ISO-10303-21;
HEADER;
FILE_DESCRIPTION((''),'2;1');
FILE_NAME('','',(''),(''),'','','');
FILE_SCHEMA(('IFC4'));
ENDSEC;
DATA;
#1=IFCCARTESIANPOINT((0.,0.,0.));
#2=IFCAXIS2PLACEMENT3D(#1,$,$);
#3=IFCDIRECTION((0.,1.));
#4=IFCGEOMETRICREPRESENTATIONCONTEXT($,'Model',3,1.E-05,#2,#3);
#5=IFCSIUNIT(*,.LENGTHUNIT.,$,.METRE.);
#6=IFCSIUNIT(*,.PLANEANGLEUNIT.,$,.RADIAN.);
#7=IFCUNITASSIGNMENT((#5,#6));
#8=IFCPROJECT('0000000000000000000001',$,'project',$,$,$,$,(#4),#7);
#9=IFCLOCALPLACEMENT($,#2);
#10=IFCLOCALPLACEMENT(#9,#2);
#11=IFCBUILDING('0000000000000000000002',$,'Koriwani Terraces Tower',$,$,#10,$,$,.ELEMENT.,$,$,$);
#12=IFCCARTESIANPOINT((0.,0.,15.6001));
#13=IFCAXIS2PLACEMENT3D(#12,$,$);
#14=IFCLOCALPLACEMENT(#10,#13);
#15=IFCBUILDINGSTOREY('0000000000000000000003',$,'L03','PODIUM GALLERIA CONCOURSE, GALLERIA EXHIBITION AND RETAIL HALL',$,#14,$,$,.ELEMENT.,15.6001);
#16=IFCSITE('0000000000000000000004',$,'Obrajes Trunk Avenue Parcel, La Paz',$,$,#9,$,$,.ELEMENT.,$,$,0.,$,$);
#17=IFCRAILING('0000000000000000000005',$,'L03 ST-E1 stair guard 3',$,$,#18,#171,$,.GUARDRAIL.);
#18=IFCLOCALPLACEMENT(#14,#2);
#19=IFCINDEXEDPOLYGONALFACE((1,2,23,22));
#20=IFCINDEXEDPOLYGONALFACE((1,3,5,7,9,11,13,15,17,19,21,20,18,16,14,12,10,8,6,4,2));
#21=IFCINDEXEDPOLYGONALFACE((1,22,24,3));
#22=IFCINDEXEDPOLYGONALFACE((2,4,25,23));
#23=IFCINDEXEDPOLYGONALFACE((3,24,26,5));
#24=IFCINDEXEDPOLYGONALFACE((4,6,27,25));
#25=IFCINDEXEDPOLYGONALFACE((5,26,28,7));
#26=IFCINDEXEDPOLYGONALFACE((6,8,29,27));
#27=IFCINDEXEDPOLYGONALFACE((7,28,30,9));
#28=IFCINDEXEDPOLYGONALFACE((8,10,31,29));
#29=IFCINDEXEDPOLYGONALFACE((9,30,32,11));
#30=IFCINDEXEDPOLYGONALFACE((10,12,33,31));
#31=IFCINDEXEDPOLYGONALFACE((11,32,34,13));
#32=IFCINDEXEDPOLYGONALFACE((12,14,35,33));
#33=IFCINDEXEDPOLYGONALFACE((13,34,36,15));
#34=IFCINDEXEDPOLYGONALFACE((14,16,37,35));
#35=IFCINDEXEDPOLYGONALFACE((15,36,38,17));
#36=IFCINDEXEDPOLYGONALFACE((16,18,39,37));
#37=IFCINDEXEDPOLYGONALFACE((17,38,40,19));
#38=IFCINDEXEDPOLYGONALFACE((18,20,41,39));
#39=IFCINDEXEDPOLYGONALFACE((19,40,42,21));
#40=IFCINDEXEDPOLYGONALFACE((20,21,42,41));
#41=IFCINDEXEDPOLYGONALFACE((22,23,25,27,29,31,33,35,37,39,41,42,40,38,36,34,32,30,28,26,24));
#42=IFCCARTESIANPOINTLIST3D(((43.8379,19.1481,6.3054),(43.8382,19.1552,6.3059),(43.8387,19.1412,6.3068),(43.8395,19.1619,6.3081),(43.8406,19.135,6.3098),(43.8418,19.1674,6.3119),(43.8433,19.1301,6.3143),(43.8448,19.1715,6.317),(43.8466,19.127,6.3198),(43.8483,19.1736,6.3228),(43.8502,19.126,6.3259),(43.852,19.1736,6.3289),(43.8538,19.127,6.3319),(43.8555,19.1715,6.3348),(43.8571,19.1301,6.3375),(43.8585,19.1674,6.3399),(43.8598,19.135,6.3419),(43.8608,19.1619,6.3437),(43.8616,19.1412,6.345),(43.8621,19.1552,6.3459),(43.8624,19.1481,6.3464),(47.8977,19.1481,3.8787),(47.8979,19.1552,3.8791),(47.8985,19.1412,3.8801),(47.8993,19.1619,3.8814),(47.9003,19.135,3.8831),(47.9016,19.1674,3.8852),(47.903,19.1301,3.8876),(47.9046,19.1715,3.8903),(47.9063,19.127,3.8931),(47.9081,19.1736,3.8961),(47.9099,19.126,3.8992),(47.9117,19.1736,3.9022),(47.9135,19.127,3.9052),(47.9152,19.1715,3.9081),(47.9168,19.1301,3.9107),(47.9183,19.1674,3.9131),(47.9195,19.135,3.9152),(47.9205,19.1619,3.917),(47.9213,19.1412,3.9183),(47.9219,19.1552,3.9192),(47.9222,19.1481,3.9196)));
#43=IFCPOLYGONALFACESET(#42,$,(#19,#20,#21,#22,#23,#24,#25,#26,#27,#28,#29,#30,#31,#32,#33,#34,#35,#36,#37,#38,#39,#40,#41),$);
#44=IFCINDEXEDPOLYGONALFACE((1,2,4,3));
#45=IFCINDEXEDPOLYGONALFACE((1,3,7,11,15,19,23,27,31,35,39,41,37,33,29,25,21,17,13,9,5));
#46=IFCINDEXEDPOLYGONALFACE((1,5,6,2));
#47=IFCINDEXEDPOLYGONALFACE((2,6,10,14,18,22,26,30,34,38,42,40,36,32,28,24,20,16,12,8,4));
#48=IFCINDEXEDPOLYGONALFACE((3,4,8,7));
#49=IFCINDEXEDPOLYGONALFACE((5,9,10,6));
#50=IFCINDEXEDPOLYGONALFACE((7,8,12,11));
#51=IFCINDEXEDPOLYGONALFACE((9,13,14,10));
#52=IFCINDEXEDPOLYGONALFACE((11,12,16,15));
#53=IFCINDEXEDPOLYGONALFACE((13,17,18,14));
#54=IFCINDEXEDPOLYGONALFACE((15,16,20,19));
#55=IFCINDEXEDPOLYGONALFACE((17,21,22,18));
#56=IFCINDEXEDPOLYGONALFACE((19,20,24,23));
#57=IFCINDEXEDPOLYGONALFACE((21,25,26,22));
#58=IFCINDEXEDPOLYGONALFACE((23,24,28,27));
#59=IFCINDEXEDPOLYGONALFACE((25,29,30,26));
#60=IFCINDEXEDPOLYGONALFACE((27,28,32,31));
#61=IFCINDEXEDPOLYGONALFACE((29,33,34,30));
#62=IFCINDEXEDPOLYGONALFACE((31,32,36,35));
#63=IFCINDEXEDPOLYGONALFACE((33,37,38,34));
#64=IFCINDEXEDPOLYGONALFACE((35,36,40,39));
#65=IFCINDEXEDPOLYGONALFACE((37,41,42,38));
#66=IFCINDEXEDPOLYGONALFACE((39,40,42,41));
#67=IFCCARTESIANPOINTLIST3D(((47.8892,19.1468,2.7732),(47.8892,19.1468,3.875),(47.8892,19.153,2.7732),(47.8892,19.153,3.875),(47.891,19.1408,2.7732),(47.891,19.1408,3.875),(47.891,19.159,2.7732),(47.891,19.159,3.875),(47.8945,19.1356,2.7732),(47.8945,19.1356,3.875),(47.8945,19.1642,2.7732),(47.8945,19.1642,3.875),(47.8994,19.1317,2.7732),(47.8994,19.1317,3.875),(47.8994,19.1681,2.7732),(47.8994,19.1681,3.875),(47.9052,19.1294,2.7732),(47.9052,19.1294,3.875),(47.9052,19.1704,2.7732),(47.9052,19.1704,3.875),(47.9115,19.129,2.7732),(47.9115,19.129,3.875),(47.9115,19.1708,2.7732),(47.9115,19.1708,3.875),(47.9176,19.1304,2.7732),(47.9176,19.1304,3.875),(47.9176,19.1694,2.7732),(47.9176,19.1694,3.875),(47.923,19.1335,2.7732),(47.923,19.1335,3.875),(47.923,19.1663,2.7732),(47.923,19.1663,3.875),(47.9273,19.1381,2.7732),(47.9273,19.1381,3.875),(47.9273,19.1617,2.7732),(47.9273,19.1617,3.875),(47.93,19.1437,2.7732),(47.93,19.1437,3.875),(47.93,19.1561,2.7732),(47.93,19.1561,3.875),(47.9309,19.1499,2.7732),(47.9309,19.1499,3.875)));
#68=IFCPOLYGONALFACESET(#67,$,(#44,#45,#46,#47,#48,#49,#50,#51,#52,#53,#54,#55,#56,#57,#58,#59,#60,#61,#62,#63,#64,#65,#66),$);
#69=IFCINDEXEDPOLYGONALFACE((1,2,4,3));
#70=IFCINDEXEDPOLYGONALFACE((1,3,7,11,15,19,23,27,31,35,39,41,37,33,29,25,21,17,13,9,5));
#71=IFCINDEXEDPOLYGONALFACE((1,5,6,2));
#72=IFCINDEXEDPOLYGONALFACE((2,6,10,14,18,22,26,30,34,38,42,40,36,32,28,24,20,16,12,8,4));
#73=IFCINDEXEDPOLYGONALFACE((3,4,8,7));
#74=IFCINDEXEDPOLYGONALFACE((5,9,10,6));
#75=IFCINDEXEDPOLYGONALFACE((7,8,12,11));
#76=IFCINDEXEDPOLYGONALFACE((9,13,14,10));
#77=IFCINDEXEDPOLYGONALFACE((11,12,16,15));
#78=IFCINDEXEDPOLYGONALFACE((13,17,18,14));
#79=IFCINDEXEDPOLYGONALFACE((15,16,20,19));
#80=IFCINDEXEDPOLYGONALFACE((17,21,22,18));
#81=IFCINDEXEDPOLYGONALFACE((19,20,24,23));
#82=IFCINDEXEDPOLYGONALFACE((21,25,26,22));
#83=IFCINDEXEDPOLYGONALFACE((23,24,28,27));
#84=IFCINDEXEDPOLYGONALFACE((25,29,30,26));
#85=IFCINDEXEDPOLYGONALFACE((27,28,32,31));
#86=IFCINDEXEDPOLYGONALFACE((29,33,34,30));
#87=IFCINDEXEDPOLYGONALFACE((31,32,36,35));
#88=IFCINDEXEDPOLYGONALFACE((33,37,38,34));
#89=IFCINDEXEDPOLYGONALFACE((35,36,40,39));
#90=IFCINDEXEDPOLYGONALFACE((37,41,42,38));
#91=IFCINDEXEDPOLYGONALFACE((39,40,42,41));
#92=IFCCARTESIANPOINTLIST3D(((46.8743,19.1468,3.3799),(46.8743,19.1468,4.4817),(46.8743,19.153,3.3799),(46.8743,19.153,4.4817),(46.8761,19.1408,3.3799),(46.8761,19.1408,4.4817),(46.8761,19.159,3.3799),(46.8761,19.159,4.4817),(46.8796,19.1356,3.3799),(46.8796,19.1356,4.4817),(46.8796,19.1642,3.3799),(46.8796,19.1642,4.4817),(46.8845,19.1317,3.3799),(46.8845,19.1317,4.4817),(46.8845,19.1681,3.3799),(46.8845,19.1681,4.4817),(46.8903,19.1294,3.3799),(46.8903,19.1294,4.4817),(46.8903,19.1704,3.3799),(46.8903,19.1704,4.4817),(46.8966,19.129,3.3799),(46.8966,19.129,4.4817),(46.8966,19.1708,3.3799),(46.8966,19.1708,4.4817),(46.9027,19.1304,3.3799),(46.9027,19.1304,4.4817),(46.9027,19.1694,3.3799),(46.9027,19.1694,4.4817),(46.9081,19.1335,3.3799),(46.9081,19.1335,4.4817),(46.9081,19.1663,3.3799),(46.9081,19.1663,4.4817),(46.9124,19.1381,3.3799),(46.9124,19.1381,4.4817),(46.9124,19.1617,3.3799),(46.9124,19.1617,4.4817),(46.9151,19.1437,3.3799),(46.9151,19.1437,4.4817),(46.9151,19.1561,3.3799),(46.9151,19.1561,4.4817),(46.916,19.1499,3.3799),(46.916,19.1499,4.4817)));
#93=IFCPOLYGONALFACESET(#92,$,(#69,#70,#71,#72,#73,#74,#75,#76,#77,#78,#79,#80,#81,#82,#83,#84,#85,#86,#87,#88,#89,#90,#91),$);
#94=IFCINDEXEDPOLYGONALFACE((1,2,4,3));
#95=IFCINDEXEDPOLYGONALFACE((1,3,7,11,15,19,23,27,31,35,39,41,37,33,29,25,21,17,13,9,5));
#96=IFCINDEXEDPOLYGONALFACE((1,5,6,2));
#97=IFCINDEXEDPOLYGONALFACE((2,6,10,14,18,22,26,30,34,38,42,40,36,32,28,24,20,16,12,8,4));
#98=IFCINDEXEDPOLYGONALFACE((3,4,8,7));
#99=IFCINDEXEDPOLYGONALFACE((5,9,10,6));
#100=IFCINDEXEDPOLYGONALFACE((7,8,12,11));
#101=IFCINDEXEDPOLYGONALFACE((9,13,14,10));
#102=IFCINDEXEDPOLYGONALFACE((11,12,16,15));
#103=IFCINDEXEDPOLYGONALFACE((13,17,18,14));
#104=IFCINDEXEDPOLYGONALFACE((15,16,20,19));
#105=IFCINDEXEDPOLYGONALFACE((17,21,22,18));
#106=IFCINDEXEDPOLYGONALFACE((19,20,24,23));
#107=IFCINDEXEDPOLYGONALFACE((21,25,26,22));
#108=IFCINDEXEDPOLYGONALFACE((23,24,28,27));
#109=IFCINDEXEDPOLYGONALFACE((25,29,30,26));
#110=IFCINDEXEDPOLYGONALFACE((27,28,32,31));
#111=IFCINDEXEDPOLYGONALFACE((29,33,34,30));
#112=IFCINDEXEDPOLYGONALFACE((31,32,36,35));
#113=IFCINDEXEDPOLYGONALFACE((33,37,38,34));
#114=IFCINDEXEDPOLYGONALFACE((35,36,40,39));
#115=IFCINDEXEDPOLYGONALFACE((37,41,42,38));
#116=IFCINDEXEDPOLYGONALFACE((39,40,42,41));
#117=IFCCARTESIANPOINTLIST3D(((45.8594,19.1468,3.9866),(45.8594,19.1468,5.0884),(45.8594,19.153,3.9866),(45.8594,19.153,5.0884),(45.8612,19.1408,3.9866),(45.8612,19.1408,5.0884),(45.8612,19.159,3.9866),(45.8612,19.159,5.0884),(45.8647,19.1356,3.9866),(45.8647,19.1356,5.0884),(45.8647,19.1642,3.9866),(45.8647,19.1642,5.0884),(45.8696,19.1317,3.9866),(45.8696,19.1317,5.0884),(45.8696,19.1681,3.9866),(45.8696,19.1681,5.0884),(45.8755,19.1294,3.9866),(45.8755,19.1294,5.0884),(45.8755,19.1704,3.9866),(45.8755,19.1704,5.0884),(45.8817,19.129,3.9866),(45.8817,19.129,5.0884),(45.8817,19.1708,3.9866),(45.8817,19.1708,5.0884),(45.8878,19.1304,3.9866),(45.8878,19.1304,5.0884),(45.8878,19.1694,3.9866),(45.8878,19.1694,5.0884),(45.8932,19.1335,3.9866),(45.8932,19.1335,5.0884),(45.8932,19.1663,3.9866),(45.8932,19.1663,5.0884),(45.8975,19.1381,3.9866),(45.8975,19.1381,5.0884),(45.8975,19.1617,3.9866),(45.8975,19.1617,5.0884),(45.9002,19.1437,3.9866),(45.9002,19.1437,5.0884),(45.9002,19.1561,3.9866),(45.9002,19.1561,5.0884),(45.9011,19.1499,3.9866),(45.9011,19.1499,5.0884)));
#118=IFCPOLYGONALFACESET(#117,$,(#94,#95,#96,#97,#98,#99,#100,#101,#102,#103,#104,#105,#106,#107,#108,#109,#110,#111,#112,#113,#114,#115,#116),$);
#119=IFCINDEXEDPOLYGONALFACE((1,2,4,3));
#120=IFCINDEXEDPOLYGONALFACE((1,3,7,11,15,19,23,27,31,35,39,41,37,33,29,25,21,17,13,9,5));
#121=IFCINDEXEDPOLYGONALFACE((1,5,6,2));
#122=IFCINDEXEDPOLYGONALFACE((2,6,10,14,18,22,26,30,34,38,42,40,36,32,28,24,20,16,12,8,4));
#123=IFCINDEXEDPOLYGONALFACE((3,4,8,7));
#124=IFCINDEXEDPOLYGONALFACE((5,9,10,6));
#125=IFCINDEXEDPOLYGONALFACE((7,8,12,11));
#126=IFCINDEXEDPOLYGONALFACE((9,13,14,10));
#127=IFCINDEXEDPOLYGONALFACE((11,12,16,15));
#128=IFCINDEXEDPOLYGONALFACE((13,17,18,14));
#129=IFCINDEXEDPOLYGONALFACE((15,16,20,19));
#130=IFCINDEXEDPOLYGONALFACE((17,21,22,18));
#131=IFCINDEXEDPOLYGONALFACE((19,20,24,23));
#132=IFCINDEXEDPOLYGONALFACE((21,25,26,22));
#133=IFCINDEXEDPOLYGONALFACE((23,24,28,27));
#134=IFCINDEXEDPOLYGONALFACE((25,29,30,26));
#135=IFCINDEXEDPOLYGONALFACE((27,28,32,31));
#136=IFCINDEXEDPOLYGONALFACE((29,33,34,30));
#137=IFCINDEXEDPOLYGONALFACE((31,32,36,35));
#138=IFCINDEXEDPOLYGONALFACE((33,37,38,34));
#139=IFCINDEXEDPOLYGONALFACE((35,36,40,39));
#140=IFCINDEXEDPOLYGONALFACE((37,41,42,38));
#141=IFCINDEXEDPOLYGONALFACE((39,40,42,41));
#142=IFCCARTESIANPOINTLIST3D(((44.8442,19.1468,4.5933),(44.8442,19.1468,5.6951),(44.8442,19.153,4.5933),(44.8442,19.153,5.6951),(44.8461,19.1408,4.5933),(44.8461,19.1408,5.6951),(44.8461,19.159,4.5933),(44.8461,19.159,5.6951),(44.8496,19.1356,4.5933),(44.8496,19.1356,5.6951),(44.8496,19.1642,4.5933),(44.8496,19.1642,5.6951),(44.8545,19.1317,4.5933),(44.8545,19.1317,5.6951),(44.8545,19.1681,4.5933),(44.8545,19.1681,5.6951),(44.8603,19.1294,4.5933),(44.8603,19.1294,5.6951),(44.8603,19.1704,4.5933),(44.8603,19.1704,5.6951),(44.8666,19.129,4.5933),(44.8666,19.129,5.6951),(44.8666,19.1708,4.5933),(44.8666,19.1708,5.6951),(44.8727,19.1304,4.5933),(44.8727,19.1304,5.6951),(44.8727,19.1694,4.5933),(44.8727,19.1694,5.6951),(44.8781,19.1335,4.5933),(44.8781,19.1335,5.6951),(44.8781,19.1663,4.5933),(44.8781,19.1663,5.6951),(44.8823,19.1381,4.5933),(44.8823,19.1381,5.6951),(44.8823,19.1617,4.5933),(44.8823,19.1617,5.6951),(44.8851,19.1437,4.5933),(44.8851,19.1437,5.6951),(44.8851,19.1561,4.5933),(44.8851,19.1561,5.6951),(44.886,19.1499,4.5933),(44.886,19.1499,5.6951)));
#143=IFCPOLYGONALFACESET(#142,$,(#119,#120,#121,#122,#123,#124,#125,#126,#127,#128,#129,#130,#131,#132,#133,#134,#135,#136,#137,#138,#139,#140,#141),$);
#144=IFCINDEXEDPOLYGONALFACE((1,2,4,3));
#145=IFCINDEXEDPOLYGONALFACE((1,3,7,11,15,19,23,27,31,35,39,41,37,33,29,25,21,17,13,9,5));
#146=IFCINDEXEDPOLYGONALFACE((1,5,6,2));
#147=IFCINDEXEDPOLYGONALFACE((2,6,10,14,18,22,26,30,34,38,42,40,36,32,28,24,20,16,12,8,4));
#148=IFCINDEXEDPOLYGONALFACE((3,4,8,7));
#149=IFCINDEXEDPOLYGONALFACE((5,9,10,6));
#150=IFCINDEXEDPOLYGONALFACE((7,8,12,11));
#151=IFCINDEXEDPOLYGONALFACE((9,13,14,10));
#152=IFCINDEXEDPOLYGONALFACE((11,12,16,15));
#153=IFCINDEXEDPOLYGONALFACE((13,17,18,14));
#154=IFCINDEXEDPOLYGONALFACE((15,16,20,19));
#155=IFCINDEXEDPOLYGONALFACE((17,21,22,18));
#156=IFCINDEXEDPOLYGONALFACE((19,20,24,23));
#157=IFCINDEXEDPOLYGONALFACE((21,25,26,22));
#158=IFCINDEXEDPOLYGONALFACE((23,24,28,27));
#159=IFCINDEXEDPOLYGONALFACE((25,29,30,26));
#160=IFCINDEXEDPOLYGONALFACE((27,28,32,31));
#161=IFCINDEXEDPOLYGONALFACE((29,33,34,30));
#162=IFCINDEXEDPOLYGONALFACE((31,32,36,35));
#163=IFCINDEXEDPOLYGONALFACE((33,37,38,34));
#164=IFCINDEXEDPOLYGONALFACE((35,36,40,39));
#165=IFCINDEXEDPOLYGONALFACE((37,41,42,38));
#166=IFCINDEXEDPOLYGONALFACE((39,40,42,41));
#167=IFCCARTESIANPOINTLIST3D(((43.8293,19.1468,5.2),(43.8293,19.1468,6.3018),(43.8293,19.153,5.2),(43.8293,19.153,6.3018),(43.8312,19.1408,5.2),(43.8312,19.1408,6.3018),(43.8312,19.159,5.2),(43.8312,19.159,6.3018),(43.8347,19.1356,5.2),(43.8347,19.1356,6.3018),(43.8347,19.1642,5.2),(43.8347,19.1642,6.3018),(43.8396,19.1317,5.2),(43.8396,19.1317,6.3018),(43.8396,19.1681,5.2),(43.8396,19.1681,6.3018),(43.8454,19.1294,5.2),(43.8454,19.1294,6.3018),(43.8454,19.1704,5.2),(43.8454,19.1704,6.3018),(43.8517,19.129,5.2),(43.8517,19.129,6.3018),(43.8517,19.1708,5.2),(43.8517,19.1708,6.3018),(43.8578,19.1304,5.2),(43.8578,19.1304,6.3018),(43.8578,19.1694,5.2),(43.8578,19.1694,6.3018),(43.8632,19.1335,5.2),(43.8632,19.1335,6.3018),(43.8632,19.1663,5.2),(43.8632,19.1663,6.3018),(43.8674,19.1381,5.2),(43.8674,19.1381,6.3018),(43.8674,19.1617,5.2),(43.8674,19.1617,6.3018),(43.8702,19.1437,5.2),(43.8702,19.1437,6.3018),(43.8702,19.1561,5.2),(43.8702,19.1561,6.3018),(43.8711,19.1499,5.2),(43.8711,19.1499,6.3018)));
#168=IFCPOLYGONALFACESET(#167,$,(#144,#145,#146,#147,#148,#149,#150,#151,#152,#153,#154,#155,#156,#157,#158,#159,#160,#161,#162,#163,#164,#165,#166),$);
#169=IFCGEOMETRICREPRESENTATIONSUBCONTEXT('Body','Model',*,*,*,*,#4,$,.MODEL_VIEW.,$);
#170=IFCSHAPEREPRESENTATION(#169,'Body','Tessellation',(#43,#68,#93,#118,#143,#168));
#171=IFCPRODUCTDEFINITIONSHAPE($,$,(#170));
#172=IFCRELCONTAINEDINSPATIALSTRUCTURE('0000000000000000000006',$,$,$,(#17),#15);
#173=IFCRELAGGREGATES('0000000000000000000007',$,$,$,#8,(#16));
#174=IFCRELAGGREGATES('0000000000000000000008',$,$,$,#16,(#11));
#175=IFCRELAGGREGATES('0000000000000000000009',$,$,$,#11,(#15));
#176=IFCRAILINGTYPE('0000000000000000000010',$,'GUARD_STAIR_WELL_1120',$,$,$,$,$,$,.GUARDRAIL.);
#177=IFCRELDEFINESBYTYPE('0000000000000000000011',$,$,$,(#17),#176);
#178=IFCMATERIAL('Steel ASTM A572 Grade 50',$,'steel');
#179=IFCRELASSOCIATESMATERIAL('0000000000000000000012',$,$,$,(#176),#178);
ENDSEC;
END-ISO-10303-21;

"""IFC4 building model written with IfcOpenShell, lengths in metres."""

from ifc_helpers import new_model, si_unit, direction, frame, origin, origin_2d, place, context, subcontext, project, spatial, circle, extrude, material, type_object, element, save


model = new_model("IFC4")

# Units and contexts
model_context = context("Model", 3, precision=1e-05, world=origin(), true_north=direction((0.0, 1.0)))
body_context = subcontext(model_context, "Body", "Model", "MODEL_VIEW")
ifc_project = project(units=[si_unit("LENGTHUNIT", "METRE"), si_unit("PLANEANGLEUNIT", "RADIAN")], contexts=[model_context])

# Site, building, storey
site_placement = place(None, origin())
site = spatial("IfcSite", under=ifc_project, at=site_placement, Name="Obrajes Trunk Avenue Parcel, La Paz", CompositionType="ELEMENT", RefElevation=0.0)
building_placement = place(site_placement, origin())
building = spatial("IfcBuilding", under=site, at=building_placement, Name="Koriwani Terraces Tower", CompositionType="ELEMENT")
storey_placement = place(building_placement, frame((0.0, 0.0, 15.6001)))
storey = spatial("IfcBuildingStorey", under=building, at=storey_placement, Name="L03", Description="PODIUM GALLERIA CONCOURSE, GALLERIA EXHIBITION AND RETAIL HALL", CompositionType="ELEMENT", Elevation=15.6001)

# Shared definitions
ifc_material_1 = material(Name="Steel ASTM A572 Grade 50", Category="steel")

# Railing
railing_type_1 = type_object("IfcRailingType", Name="GUARD_STAIR_WELL_1120", PredefinedType="GUARDRAIL", material=ifc_material_1)
railing_1_placement = place(storey_placement, frame((47.9099, 19.1499, 2.7732)))
element("IfcRailing", 1, at=railing_1_placement, inside=storey, type_object=railing_type_1, Name="L03 ST-E1 stair guard 3", PredefinedType="GUARDRAIL", context=body_context, shape_type="SweptSolid", body=[
    extrude(circle(Radius=0.0239, at=origin_2d()), frame((0.0, 0.0, 1.126), z_axis=(-0.858343, 0.0, 0.513076), x_axis=(0.0, -1.0, 0.0)), (0.0, 0.0, 1.0), 4.7297),
    extrude(circle(Radius=0.021, at=origin_2d()), origin(), (0.0, 0.0, 1.0), 1.1018),
    extrude(circle(Radius=0.021, at=origin_2d()), frame((-1.0149, 0.0, 0.6067)), (0.0, 0.0, 1.0), 1.1018),
    extrude(circle(Radius=0.021, at=origin_2d()), frame((-2.0298, 0.0, 1.2134)), (0.0, 0.0, 1.0), 1.1018),
    extrude(circle(Radius=0.021, at=origin_2d()), frame((-3.0449, 0.0, 1.8201)), (0.0, 0.0, 1.0), 1.1018),
    extrude(circle(Radius=0.021, at=origin_2d()), frame((-4.0598, 0.0, 2.4268)), (0.0, 0.0, 1.0), 1.1018),
])

save(model, "model.ifc")
